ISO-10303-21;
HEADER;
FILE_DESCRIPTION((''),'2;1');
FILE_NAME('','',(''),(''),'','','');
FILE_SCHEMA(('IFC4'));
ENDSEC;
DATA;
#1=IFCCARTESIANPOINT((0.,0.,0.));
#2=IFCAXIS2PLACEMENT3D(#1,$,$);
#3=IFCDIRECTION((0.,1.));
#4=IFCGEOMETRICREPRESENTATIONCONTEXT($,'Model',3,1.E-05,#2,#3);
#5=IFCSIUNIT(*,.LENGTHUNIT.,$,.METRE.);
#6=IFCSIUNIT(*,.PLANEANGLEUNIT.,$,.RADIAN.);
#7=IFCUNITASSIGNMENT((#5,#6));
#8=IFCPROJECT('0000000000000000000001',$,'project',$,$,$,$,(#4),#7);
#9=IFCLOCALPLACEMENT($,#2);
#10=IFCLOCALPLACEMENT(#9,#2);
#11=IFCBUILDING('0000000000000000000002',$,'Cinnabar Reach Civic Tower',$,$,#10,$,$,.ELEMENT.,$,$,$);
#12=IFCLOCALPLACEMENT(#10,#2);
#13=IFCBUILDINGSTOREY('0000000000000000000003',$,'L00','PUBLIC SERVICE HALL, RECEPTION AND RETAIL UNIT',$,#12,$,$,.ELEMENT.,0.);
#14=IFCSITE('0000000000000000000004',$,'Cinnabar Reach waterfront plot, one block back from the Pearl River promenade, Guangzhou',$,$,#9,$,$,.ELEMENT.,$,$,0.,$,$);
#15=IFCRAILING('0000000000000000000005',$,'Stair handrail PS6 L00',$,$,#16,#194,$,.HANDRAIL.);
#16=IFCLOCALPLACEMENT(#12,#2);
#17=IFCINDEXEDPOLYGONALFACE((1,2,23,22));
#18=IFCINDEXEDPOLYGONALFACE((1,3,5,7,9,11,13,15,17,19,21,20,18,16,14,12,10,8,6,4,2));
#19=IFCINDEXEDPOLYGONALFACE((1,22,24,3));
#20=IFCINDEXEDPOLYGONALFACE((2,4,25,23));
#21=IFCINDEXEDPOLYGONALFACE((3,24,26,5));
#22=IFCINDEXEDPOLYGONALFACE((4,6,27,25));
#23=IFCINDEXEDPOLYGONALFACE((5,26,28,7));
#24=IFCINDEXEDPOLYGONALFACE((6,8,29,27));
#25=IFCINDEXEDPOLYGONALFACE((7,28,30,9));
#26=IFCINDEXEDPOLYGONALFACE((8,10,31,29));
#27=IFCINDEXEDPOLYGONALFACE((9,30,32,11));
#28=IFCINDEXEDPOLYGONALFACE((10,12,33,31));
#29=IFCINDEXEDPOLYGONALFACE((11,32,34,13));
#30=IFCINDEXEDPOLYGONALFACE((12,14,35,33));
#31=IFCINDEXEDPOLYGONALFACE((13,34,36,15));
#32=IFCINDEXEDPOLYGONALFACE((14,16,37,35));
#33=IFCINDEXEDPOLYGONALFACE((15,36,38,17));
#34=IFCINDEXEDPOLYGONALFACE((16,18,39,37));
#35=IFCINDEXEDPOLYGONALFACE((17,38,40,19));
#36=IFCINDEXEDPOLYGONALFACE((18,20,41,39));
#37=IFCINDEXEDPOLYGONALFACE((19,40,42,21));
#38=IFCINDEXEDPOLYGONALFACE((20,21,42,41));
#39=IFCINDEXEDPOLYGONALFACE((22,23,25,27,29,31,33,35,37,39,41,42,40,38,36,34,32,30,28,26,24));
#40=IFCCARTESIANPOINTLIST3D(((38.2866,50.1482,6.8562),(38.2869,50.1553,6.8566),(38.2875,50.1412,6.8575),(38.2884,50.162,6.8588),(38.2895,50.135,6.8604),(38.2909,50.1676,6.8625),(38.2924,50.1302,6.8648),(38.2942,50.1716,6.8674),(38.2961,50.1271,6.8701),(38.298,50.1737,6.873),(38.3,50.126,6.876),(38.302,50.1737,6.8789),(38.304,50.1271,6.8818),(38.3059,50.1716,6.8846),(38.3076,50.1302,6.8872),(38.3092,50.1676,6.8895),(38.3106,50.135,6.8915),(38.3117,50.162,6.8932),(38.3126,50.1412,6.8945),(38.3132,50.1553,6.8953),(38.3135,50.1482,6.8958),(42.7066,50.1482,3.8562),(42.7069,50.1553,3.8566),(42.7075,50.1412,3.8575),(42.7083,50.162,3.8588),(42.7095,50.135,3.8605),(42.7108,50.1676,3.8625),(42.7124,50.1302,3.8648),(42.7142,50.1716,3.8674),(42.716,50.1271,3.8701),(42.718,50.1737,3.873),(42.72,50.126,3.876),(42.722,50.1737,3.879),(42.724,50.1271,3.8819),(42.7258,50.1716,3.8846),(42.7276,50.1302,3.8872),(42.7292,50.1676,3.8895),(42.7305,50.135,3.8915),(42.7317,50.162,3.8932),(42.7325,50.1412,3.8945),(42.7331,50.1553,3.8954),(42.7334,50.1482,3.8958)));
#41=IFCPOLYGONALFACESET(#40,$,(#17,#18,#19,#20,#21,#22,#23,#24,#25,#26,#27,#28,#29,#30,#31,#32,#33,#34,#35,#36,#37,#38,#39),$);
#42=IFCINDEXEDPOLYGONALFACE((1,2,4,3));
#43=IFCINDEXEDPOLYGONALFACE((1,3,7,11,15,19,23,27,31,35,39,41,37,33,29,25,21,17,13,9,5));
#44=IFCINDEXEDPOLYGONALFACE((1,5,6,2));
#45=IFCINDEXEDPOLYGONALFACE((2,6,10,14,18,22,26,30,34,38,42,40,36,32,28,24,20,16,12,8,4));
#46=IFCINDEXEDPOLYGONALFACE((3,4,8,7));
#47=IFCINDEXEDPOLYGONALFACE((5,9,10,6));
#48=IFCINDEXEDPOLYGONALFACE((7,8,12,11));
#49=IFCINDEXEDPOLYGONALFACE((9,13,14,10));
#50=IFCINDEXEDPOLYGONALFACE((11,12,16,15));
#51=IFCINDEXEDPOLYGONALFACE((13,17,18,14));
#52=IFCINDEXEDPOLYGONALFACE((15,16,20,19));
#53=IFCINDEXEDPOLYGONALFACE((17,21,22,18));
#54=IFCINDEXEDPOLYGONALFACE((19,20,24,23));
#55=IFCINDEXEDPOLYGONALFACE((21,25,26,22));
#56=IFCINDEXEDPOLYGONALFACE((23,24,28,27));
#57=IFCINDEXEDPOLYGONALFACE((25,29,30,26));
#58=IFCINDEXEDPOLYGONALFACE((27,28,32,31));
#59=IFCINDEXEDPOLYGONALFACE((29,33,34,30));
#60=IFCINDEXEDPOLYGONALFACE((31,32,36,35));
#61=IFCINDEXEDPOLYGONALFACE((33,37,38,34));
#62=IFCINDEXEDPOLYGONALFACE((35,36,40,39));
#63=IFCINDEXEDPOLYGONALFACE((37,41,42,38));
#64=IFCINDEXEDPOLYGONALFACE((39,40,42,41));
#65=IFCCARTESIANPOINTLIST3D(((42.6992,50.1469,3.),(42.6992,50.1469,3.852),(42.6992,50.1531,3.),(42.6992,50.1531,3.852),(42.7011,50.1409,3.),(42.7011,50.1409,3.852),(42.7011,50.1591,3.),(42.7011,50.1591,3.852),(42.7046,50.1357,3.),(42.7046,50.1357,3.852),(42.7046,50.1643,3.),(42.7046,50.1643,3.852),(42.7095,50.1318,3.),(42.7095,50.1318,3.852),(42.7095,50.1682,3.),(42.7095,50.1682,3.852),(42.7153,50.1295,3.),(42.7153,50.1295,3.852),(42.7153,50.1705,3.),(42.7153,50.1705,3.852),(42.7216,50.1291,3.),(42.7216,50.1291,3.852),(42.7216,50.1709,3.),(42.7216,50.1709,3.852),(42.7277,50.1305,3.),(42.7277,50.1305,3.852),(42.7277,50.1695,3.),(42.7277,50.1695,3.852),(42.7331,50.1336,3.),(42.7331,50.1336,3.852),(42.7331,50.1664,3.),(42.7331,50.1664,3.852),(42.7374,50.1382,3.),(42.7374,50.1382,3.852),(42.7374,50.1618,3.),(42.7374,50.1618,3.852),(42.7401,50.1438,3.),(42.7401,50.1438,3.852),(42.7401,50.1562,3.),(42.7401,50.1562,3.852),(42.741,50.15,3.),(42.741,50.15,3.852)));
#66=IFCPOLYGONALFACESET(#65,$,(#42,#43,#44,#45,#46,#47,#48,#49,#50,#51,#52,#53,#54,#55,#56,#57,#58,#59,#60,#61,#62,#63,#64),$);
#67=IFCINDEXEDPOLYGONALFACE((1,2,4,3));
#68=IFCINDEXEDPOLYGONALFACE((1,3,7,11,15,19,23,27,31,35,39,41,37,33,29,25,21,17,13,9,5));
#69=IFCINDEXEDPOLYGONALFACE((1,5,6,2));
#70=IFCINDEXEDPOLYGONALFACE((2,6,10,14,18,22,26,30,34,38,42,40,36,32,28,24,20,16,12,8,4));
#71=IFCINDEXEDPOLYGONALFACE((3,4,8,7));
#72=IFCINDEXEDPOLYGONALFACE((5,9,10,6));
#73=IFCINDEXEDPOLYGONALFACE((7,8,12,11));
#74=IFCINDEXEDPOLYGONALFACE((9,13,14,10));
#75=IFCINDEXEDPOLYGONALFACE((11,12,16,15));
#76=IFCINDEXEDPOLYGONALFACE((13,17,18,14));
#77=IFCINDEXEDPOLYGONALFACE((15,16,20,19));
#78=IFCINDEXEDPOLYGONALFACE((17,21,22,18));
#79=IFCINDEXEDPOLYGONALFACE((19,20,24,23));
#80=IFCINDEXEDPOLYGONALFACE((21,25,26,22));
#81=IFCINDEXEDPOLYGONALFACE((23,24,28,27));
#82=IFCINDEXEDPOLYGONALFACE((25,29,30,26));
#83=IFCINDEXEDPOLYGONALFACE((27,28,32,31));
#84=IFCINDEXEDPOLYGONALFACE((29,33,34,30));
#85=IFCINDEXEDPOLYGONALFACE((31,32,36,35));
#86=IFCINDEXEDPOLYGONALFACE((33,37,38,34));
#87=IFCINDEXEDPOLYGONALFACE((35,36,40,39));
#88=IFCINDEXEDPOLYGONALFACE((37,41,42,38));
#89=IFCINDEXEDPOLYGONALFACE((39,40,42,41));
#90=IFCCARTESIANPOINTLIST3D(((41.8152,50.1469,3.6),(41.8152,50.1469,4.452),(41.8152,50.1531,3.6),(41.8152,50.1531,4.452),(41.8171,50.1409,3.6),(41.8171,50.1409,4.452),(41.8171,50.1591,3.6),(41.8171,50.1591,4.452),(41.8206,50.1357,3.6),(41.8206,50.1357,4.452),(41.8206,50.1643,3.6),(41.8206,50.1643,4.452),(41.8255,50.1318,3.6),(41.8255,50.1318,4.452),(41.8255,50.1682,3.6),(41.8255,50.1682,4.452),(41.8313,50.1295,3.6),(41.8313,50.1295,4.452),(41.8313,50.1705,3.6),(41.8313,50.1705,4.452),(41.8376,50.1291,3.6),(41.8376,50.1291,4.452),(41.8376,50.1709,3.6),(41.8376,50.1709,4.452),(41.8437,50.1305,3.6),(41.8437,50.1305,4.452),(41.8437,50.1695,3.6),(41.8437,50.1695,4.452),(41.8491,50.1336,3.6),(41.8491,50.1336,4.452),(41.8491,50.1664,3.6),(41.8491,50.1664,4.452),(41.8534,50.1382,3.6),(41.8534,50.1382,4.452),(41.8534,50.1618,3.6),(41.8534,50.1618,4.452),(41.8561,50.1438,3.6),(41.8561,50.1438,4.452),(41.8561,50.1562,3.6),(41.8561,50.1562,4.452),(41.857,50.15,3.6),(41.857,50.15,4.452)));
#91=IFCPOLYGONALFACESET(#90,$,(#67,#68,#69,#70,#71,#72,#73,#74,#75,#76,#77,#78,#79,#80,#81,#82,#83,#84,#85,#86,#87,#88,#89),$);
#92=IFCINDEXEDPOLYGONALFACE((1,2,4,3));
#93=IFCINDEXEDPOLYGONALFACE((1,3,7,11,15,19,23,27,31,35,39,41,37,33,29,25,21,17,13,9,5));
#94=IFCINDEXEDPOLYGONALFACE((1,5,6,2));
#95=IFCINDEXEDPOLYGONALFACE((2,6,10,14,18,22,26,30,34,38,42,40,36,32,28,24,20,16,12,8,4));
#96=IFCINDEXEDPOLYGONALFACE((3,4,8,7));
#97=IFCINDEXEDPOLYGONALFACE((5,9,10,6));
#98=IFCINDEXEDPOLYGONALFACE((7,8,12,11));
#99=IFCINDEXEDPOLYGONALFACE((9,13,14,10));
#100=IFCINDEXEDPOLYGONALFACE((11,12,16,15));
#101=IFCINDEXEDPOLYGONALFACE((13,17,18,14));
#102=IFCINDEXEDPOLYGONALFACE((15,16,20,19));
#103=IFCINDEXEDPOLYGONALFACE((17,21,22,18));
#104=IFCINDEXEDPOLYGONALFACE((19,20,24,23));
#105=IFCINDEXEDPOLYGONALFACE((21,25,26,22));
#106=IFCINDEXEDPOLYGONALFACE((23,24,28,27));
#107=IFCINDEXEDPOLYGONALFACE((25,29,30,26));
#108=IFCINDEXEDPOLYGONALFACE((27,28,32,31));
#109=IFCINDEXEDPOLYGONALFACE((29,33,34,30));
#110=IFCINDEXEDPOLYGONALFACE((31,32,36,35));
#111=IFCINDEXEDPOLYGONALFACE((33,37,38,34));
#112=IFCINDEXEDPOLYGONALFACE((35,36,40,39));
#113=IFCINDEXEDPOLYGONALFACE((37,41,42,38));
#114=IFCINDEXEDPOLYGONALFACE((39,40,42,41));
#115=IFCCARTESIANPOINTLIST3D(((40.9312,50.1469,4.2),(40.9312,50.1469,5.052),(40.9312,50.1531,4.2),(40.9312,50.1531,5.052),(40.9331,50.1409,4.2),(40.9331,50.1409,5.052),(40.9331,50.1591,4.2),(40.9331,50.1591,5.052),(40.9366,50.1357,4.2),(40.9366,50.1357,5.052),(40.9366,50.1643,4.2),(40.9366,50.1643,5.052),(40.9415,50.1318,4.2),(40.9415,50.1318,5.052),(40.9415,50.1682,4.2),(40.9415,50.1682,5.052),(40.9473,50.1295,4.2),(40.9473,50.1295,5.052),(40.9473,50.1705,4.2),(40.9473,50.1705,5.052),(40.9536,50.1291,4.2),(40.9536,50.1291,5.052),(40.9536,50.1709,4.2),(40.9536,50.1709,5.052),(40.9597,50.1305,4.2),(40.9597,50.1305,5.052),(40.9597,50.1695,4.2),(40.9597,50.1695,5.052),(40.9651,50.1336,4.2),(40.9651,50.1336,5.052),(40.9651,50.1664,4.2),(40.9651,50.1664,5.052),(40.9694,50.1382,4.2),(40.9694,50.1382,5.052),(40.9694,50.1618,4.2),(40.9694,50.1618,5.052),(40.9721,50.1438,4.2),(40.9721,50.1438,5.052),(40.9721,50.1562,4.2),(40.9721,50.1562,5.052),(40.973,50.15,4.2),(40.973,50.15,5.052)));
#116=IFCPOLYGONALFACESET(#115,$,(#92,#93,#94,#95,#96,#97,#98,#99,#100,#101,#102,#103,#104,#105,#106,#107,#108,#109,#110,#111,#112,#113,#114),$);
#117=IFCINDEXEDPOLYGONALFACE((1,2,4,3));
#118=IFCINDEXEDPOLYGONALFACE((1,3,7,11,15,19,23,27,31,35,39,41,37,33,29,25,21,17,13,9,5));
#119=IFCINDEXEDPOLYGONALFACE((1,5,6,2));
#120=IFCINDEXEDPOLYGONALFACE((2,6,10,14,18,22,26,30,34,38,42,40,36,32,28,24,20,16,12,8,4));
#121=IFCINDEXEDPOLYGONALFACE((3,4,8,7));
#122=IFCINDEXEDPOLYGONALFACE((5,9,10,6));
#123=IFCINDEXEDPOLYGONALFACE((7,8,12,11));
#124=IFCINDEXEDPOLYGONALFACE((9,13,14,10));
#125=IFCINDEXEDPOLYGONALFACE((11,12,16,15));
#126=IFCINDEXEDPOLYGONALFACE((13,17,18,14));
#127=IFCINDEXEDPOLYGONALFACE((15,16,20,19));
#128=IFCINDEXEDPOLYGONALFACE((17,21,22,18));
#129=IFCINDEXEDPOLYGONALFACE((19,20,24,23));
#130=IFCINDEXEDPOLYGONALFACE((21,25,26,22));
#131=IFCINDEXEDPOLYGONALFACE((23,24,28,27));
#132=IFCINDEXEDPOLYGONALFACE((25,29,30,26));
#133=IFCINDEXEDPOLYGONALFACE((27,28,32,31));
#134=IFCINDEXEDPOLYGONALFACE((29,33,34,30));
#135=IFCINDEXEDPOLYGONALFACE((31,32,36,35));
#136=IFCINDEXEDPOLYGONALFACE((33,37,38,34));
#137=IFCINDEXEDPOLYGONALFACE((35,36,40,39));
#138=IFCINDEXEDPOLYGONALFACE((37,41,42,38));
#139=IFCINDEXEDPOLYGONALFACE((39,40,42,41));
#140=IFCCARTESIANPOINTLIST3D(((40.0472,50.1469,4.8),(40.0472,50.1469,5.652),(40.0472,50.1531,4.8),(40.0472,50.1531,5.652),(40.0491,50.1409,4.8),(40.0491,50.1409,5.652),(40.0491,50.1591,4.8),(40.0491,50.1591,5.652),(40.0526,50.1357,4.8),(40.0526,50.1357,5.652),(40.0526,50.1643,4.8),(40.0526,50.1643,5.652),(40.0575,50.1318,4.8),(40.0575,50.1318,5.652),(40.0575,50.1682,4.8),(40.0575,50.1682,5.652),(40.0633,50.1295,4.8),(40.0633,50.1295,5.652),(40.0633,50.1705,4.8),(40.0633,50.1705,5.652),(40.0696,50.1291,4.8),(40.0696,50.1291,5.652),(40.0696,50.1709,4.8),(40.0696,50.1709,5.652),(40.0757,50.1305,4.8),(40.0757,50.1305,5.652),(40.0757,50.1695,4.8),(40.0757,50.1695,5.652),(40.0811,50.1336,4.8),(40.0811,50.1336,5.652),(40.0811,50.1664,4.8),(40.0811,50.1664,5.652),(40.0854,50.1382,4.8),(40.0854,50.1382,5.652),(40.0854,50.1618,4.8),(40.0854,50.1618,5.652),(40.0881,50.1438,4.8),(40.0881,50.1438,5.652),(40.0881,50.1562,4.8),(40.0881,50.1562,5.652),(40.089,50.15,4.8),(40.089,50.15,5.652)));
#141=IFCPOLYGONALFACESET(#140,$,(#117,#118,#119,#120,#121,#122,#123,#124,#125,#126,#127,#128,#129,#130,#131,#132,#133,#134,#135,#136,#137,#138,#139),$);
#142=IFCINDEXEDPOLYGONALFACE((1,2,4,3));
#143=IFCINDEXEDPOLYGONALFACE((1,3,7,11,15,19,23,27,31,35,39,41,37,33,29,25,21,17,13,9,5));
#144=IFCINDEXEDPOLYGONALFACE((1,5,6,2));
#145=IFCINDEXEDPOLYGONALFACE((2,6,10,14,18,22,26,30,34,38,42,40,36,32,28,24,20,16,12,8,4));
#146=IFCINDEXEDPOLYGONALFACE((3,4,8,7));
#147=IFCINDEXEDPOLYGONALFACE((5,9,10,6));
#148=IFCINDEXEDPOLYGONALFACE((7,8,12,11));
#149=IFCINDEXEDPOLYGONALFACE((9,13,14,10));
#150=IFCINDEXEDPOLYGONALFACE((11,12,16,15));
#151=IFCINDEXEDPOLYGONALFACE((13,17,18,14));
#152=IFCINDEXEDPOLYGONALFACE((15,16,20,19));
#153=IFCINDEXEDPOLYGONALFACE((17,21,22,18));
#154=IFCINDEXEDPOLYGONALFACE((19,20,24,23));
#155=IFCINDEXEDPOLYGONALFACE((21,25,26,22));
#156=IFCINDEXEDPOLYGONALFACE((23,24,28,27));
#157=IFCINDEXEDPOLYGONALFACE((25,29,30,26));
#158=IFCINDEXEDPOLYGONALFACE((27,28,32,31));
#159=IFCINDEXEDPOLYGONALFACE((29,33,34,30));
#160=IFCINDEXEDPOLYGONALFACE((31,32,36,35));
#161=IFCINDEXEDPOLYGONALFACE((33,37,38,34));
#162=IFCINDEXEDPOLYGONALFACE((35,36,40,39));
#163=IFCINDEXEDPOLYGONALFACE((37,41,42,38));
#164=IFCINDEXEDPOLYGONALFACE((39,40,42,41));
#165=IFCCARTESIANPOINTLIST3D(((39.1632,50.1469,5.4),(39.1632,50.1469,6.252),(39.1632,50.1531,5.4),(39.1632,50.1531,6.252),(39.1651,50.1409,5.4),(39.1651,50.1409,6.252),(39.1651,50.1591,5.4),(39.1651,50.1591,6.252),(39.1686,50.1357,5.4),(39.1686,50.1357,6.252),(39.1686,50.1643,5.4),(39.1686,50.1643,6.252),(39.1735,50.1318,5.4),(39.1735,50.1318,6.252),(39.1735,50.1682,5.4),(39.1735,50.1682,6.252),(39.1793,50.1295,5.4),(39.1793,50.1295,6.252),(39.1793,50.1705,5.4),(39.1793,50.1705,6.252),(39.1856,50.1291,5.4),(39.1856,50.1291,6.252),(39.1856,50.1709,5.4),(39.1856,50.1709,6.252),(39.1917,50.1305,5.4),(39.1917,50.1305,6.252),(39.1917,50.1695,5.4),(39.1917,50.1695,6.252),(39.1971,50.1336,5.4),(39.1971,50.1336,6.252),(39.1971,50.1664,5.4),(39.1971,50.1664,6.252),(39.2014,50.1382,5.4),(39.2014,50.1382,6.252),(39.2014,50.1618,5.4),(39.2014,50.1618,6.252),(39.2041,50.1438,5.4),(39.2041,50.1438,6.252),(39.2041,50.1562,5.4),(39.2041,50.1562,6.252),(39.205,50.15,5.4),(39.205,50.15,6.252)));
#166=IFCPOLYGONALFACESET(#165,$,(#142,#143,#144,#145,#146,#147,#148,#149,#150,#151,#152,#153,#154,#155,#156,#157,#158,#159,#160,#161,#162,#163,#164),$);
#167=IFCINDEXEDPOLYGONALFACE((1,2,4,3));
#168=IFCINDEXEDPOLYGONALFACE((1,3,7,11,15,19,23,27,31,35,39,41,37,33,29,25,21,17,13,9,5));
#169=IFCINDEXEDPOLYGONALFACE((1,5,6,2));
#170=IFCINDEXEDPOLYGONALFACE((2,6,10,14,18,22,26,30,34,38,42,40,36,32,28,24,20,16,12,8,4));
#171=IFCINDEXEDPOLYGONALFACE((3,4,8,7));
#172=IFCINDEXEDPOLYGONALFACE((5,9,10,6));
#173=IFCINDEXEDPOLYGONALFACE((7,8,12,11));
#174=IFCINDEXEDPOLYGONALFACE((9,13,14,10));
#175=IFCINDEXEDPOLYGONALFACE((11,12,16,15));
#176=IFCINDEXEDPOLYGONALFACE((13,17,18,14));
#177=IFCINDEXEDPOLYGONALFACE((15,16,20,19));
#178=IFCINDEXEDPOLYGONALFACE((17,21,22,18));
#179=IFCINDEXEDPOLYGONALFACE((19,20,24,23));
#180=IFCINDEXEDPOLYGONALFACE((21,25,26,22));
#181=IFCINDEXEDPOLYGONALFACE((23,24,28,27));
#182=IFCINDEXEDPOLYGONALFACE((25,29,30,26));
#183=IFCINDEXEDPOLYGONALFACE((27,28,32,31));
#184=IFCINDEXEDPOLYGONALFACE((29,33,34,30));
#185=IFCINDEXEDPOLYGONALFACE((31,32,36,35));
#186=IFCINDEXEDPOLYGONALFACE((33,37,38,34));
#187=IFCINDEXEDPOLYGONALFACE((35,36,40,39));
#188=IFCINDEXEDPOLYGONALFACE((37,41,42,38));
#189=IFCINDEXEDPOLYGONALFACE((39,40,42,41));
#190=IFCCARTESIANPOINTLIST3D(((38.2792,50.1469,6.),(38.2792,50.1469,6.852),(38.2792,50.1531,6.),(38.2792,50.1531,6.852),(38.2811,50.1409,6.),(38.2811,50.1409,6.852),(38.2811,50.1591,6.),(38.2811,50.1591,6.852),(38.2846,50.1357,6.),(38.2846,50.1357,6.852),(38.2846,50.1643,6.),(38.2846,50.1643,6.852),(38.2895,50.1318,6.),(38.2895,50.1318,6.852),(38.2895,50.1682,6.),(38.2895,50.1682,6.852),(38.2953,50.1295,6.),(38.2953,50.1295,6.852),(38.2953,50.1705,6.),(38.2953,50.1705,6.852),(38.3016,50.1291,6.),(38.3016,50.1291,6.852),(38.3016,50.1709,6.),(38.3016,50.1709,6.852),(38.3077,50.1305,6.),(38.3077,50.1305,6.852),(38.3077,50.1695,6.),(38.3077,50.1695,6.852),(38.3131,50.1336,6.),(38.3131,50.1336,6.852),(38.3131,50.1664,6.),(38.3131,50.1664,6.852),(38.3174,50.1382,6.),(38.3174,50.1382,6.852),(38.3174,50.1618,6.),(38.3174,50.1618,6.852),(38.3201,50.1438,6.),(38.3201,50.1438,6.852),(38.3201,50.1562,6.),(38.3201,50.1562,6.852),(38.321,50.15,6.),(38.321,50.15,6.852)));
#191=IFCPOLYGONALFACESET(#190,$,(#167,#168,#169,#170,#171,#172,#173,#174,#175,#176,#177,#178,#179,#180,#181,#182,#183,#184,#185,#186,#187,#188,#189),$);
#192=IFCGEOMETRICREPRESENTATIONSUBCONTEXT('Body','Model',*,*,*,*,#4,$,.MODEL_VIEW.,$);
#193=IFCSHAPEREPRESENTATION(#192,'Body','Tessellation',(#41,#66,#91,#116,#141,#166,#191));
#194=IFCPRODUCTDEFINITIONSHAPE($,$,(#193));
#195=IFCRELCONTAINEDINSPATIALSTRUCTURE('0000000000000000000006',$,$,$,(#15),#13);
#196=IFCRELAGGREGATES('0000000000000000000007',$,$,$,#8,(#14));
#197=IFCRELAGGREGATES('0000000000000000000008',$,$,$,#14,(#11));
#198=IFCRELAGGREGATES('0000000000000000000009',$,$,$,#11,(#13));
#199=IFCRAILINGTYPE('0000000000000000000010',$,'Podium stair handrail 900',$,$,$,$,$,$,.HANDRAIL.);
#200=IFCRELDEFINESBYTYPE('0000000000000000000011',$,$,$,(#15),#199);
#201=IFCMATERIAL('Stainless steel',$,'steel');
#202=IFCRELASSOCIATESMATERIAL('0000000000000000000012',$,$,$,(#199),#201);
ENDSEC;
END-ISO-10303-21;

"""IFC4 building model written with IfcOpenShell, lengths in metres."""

from ifc_helpers import new_model, si_unit, direction, frame, origin, origin_2d, place, context, subcontext, project, spatial, circle, extrude, material, type_object, element, save


model = new_model("IFC4")

# Units and contexts
model_context = context("Model", 3, precision=1e-05, world=origin(), true_north=direction((0.0, 1.0)))
body_context = subcontext(model_context, "Body", "Model", "MODEL_VIEW")
ifc_project = project(units=[si_unit("LENGTHUNIT", "METRE"), si_unit("PLANEANGLEUNIT", "RADIAN")], contexts=[model_context])

# Site, building, storey
site_placement = place(None, origin())
site = spatial("IfcSite", under=ifc_project, at=site_placement, Name="Cinnabar Reach waterfront plot, one block back from the Pearl River promenade, Guangzhou", CompositionType="ELEMENT", RefElevation=0.0)
building_placement = place(site_placement, origin())
building = spatial("IfcBuilding", under=site, at=building_placement, Name="Cinnabar Reach Civic Tower", CompositionType="ELEMENT")
storey_placement = place(building_placement, origin())
storey = spatial("IfcBuildingStorey", under=building, at=storey_placement, Name="L00", Description="PUBLIC SERVICE HALL, RECEPTION AND RETAIL UNIT", CompositionType="ELEMENT", Elevation=0.0)

# Railing
ifc_material_1 = material(Name="Stainless steel", Category="steel")
railing_type_1 = type_object("IfcRailingType", Name="Podium stair handrail 900", PredefinedType="HANDRAIL", material=ifc_material_1)
railing_1_placement = place(storey_placement, frame((42.72, 50.15, 3.0)))
element("IfcRailing", 1, at=railing_1_placement, inside=storey, type_object=railing_type_1, Name="Stair handrail PS6 L00", PredefinedType="HANDRAIL", context=body_context, shape_type="SweptSolid", body=[
    extrude(circle(Radius=0.024, at=origin_2d()), frame((0.0, 0.0, 0.876), z_axis=(-0.827414, 0.0, 0.561593), x_axis=(0.0, -1.0, 0.0)), (0.0, 0.0, 1.0), 5.3419),
    extrude(circle(Radius=0.021, at=origin_2d()), origin(), (0.0, 0.0, 1.0), 0.852),
    extrude(circle(Radius=0.021, at=origin_2d()), frame((-0.884, 0.0, 0.6)), (0.0, 0.0, 1.0), 0.852),
    extrude(circle(Radius=0.021, at=origin_2d()), frame((-1.768, 0.0, 1.2)), (0.0, 0.0, 1.0), 0.852),
    extrude(circle(Radius=0.021, at=origin_2d()), frame((-2.652, 0.0, 1.8)), (0.0, 0.0, 1.0), 0.852),
    extrude(circle(Radius=0.021, at=origin_2d()), frame((-3.536, 0.0, 2.4)), (0.0, 0.0, 1.0), 0.852),
    extrude(circle(Radius=0.021, at=origin_2d()), frame((-4.42, 0.0, 3.0)), (0.0, 0.0, 1.0), 0.852),
])

save(model, "model.ifc")
